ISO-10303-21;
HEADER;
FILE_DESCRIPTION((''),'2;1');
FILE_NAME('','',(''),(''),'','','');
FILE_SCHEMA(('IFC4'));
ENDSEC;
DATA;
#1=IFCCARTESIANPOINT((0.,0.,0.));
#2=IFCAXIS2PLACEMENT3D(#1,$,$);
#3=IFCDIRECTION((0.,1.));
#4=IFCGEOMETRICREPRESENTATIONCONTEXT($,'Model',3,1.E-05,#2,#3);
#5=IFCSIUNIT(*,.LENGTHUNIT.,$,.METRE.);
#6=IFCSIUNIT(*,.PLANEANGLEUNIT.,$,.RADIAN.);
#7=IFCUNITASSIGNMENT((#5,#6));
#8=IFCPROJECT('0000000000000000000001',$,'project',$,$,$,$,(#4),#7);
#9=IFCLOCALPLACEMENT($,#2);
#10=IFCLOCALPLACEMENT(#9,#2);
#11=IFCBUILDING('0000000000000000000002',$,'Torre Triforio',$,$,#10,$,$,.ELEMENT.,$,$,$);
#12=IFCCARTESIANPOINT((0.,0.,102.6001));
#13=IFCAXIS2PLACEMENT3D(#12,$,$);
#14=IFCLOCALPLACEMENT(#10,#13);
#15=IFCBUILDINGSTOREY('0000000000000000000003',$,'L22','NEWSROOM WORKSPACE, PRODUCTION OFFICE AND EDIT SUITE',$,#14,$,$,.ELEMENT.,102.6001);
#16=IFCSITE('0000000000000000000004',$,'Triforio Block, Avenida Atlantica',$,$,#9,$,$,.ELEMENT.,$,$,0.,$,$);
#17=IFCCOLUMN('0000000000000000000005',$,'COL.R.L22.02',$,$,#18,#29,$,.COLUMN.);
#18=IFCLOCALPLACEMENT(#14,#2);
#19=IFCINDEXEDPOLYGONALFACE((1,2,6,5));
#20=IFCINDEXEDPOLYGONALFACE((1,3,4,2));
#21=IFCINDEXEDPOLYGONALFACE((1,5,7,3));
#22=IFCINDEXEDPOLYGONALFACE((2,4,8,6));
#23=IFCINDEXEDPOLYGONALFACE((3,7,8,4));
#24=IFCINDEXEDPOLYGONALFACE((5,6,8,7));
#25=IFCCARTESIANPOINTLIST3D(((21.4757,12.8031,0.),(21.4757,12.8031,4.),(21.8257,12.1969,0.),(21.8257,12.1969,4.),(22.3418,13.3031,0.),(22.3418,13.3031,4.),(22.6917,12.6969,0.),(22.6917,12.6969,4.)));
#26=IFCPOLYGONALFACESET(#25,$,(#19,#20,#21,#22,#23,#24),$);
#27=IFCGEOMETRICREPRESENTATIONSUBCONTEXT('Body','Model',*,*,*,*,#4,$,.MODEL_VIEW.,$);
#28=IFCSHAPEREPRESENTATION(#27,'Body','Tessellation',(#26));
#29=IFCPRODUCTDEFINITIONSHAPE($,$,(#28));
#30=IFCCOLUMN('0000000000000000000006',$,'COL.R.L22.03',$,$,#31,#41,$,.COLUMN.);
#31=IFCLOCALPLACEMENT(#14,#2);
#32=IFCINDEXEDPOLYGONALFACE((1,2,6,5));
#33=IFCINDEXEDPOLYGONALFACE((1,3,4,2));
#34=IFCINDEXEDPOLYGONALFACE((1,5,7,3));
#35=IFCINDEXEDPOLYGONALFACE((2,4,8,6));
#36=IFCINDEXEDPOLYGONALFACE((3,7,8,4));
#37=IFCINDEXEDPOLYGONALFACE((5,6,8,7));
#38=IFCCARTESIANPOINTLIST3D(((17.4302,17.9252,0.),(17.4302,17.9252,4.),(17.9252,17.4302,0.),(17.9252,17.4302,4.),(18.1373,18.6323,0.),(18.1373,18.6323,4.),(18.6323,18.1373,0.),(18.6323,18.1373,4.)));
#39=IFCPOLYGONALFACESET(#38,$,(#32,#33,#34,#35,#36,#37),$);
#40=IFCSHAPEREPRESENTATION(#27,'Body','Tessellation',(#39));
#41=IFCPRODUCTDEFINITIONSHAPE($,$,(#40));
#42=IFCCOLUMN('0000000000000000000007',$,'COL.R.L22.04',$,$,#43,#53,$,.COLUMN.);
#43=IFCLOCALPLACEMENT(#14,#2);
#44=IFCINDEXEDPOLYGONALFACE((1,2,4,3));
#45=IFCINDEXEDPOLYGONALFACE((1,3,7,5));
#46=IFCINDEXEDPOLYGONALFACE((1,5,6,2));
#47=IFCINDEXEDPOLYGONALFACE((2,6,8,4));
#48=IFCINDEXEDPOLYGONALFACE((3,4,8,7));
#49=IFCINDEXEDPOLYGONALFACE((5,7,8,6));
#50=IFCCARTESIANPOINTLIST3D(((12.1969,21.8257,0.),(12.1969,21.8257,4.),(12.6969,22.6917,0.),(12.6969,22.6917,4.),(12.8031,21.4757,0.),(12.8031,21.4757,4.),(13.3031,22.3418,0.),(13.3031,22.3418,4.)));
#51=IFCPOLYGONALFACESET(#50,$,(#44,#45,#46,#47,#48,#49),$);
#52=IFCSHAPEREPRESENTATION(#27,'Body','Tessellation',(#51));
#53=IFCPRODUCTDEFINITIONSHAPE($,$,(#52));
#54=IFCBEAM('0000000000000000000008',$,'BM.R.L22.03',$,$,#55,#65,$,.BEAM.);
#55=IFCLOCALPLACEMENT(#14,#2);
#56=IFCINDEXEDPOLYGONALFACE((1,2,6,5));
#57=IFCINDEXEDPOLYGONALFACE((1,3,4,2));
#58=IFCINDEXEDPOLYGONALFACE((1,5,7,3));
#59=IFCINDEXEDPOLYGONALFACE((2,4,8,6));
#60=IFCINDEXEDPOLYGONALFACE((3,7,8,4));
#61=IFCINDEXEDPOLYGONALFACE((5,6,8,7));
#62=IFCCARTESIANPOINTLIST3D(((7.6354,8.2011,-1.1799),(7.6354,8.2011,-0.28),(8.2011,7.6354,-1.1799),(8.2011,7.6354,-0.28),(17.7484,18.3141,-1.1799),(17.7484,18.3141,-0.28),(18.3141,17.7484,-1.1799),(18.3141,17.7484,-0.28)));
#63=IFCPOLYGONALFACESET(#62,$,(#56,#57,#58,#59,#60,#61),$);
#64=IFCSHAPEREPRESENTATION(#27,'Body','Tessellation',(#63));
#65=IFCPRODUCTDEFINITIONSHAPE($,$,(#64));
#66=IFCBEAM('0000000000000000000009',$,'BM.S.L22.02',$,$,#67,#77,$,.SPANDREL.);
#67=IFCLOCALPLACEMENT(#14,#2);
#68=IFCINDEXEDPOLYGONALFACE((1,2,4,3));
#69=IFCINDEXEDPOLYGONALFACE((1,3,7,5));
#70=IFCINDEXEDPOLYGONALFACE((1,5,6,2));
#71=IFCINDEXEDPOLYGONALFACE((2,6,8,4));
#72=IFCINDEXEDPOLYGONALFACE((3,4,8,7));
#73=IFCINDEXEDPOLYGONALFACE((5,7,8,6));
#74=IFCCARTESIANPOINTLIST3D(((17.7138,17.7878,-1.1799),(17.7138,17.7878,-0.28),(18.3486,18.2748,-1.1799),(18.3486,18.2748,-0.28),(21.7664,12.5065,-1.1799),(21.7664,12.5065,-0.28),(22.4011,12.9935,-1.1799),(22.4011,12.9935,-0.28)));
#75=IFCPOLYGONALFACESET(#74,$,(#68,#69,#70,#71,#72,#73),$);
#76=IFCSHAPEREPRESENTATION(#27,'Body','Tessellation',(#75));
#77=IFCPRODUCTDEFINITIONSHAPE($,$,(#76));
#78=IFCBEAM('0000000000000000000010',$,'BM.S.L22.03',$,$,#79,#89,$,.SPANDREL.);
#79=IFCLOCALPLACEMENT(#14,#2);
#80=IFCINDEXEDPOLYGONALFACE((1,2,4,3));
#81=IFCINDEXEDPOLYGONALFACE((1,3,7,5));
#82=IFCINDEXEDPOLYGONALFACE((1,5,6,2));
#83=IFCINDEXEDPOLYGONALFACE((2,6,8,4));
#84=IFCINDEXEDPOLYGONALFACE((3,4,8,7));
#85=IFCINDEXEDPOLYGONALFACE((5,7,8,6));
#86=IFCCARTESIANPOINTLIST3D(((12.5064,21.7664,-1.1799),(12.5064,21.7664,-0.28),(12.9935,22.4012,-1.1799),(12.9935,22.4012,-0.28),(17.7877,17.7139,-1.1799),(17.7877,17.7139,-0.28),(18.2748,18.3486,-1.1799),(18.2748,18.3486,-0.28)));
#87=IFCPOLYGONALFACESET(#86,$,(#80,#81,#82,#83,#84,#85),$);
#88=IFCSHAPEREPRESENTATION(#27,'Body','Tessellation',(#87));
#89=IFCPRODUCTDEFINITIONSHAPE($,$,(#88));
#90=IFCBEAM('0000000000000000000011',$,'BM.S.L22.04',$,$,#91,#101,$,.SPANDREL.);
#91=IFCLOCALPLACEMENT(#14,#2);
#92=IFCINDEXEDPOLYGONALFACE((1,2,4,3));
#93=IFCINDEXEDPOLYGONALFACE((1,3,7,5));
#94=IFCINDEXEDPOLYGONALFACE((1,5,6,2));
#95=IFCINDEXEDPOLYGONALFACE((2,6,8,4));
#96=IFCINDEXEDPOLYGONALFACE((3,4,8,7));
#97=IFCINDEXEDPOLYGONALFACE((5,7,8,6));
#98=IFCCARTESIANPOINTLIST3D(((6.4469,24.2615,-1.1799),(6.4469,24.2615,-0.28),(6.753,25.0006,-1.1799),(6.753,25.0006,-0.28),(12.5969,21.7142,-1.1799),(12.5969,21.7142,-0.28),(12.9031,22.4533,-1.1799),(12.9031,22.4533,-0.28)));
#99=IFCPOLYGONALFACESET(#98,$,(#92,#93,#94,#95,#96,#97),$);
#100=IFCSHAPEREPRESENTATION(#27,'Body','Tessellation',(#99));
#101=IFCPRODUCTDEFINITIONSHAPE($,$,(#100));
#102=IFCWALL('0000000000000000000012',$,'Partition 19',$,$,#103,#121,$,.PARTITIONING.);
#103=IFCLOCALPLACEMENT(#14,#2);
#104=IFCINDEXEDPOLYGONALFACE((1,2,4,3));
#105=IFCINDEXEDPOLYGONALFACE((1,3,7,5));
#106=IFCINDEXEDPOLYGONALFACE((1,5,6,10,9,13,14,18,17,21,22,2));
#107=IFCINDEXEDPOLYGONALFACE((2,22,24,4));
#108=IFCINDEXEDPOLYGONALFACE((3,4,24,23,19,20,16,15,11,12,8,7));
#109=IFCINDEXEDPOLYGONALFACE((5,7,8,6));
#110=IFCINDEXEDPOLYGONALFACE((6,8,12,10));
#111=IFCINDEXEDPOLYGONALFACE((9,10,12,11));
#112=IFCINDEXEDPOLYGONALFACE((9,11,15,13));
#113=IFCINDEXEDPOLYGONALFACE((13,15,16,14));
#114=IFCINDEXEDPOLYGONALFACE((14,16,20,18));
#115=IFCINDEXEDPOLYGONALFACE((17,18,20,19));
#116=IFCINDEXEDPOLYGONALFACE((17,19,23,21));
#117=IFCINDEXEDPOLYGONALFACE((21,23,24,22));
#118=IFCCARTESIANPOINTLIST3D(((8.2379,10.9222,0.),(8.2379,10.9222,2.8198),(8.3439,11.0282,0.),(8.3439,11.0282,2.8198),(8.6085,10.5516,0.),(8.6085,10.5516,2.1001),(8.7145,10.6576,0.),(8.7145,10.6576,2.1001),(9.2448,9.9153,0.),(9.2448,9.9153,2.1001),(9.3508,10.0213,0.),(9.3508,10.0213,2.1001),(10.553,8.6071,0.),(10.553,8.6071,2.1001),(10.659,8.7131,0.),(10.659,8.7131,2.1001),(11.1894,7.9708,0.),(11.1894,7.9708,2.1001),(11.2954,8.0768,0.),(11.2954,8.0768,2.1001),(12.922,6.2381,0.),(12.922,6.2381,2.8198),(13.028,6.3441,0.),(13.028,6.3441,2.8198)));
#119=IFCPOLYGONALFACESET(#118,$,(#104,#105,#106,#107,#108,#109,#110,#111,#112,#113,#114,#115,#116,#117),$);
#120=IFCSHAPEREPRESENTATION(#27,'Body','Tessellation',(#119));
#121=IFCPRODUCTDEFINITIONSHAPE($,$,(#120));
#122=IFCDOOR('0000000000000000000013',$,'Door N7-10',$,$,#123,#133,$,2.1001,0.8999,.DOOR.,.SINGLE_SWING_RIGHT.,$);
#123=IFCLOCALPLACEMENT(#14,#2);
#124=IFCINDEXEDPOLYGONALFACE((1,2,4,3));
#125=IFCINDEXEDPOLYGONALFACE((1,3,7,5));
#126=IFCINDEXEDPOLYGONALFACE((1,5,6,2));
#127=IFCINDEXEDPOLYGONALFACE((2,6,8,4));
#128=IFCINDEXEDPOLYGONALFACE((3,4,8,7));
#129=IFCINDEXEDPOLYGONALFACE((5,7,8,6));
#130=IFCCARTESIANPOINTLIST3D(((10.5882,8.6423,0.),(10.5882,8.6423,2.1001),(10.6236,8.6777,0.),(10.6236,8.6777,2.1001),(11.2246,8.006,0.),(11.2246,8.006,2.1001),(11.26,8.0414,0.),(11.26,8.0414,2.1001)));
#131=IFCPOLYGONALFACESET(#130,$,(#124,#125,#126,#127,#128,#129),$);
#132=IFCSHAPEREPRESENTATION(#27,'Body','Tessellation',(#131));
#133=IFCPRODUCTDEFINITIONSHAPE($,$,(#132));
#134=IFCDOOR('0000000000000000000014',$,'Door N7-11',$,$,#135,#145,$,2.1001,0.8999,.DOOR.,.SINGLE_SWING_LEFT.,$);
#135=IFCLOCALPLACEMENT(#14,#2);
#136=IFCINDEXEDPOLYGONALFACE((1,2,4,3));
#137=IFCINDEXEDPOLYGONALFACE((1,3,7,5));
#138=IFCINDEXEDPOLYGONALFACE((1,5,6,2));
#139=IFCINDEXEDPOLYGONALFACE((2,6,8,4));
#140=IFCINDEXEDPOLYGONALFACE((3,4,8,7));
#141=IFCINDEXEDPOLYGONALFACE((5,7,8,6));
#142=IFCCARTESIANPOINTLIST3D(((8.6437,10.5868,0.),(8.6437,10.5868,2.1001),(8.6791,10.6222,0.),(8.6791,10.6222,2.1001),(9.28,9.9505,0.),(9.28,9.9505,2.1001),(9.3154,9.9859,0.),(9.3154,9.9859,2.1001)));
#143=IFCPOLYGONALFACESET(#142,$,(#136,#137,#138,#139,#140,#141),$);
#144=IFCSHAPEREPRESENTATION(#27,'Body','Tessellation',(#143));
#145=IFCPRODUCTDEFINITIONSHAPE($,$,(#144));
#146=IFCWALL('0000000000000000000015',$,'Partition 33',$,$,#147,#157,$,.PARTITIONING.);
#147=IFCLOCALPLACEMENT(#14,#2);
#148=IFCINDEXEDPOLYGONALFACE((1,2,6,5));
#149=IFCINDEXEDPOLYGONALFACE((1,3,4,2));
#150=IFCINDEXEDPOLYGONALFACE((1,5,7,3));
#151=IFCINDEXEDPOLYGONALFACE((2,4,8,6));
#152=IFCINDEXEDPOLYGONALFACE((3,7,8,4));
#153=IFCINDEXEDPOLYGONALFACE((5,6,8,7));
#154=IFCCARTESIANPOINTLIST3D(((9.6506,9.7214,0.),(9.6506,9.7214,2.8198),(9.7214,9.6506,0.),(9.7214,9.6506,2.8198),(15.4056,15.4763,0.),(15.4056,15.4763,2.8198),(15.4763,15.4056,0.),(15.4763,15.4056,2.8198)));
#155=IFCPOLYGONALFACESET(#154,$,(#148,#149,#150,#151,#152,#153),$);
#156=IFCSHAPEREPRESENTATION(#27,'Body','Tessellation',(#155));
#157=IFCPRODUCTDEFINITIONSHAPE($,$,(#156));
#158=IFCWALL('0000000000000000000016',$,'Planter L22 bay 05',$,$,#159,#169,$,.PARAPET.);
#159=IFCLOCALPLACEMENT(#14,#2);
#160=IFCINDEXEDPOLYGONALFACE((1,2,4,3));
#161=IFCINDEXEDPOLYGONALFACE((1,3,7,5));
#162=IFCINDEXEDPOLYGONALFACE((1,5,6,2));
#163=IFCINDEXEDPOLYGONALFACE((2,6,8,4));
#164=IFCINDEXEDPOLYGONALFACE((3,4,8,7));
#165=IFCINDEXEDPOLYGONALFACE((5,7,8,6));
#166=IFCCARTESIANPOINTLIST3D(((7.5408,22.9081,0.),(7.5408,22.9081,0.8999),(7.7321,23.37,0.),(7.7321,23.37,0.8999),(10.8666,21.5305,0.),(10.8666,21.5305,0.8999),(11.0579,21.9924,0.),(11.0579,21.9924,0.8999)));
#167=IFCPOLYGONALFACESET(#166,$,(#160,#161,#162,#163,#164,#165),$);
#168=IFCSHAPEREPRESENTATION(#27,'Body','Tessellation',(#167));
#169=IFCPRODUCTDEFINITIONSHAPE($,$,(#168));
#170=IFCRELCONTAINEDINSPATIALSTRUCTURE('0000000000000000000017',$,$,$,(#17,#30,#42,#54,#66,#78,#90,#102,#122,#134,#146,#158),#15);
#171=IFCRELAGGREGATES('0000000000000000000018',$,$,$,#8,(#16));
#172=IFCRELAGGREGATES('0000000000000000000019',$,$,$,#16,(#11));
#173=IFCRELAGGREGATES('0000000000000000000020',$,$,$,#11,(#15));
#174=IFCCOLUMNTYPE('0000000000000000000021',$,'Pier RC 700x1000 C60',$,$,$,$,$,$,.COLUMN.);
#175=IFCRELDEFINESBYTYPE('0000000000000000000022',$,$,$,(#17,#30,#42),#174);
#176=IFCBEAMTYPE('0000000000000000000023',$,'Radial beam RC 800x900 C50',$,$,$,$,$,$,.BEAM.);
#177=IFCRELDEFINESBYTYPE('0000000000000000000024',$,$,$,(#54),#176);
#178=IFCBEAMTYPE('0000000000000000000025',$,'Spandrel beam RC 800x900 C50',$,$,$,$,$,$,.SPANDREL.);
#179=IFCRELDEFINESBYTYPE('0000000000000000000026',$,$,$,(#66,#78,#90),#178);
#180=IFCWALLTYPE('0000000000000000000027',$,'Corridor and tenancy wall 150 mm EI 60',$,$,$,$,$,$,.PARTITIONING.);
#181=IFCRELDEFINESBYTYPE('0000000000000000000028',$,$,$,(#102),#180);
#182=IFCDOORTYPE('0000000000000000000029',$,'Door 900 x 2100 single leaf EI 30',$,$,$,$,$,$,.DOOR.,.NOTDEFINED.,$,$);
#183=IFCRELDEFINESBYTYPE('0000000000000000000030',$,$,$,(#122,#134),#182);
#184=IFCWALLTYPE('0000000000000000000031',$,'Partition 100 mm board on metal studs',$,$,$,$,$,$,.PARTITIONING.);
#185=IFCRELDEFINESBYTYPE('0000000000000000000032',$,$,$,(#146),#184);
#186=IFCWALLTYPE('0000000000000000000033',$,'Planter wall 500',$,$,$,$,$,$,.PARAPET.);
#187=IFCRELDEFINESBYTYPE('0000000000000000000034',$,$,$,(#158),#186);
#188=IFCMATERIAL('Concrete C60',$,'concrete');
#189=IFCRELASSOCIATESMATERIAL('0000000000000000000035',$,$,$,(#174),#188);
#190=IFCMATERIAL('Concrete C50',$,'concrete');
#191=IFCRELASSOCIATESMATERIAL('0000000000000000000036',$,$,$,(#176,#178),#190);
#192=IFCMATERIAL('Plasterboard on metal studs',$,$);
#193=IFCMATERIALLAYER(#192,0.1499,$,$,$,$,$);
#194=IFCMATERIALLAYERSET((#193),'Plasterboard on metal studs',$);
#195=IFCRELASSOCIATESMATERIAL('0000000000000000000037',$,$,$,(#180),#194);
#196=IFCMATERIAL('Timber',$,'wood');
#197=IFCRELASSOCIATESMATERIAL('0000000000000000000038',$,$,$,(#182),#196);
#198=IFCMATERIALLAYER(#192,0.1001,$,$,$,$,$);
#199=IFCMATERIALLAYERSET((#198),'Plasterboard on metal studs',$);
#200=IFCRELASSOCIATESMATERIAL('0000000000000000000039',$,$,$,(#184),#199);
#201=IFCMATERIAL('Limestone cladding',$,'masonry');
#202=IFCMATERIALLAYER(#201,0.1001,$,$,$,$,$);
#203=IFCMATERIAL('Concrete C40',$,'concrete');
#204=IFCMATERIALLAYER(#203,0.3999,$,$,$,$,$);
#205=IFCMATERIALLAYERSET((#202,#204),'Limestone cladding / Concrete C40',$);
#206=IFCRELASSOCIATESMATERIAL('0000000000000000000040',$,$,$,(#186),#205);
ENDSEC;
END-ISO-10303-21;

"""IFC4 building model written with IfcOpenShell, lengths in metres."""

from ifc_helpers import new_model, si_unit, direction, frame, frame_2d, origin, origin_2d, place, context, subcontext, project, spatial, rectangle, extrude, material, layer, layer_set, material_profile, profile_set, type_object, element, fill, save


model = new_model("IFC4")

# Units and contexts
model_context = context("Model", 3, precision=1e-05, world=origin(), true_north=direction((0.0, 1.0)))
body_context = subcontext(model_context, "Body", "Model", "MODEL_VIEW")
ifc_project = project(units=[si_unit("LENGTHUNIT", "METRE"), si_unit("PLANEANGLEUNIT", "RADIAN")], contexts=[model_context])

# Site, building, storey
site_placement = place(None, origin())
site = spatial("IfcSite", under=ifc_project, at=site_placement, Name="Triforio Block, Avenida Atlantica", CompositionType="ELEMENT", RefElevation=0.0)
building_placement = place(site_placement, origin())
building = spatial("IfcBuilding", under=site, at=building_placement, Name="Torre Triforio", CompositionType="ELEMENT")
storey_placement = place(building_placement, frame((0.0, 0.0, 102.6001)))
storey = spatial("IfcBuildingStorey", under=building, at=storey_placement, Name="L22", Description="NEWSROOM WORKSPACE, PRODUCTION OFFICE AND EDIT SUITE", CompositionType="ELEMENT", Elevation=102.6001)

# Columns
ifc_material_1 = material(Name="Concrete C60", Category="concrete")
ifc_material_profile_1 = material_profile(ifc_material_1, rectangle(XDim=0.7, YDim=1.0, at=origin_2d()), Name="RC 700x1000")
ifc_profile_set_1 = profile_set([ifc_material_profile_1], Name="Concrete C60")
column_type = type_object("IfcColumnType", Name="Pier RC 700x1000 C60", PredefinedType="COLUMN", material=ifc_profile_set_1)
for number, where, z_axis, x_axis, name in (
    (1, (22.0837, 12.75, 0.0), (0.0, 0.0, 1.0), (-0.5, 0.866025, 0.0), "COL.R.L22.02"),
    (2, (18.0312, 18.0312, 0.0), (0.0, 0.0, 1.0), (-0.707107, 0.707107, 0.0), "COL.R.L22.03"),
    (3, (12.75, 22.0837, 0.0), (0.0, 0.0, 1.0), (-0.866025, 0.5, 0.0), "COL.R.L22.04"),
):
    element("IfcColumn", number, at=place(storey_placement, frame(where, z_axis=z_axis, x_axis=x_axis)), inside=storey, type_object=column_type, Name=name, PredefinedType="COLUMN", context=body_context, shape_type="SweptSolid", body=[
        extrude(rectangle(XDim=0.7, YDim=1.0, at=origin_2d()), origin(), (0.0, 0.0, 1.0), 4.0),
    ])

# Beams
ifc_material_2 = material(Name="Concrete C50", Category="concrete")
ifc_material_profile_2 = material_profile(ifc_material_2, rectangle(XDim=0.8, YDim=0.8999, at=origin_2d()), Name="RC 800x900")
ifc_profile_set_2 = profile_set([ifc_material_profile_2], Name="Concrete C50")
beam_type_1 = type_object("IfcBeamType", Name="Radial beam RC 800x900 C50", PredefinedType="BEAM", material=ifc_profile_set_2)
beam_1_placement = place(storey_placement, frame((7.9182, 7.9182, -0.73), z_axis=(0.707107, 0.707107, 0.0), x_axis=(-0.707107, 0.707107, 0.0)))
element("IfcBeam", 4, at=beam_1_placement, inside=storey, type_object=beam_type_1, Name="BM.R.L22.03", PredefinedType="BEAM", context=body_context, shape_type="SweptSolid", body=[
    extrude(rectangle(XDim=0.8, YDim=0.8999, at=origin_2d()), origin(), (0.0, 0.0, 1.0), 14.302),
])
ifc_material_profile_3 = material_profile(ifc_material_2, rectangle(XDim=0.8, YDim=0.8999, at=origin_2d()), Name="RC 800x900")
ifc_profile_set_3 = profile_set([ifc_material_profile_3], Name="Concrete C50")
beam_type_2 = type_object("IfcBeamType", Name="Spandrel beam RC 800x900 C50", PredefinedType="SPANDREL", material=ifc_profile_set_3)
for number, where, z_axis, x_axis, name in (
    (5, (22.0837, 12.75, -0.73), (-0.608766, 0.79335, 0.0), (-0.79335, -0.608766, 0.0), "BM.S.L22.02"),
    (6, (18.0312, 18.0312, -0.73), (-0.79335, 0.608766, 0.0), (-0.608766, -0.79335, 0.0), "BM.S.L22.03"),
):
    element("IfcBeam", number, at=place(storey_placement, frame(where, z_axis=z_axis, x_axis=x_axis)), inside=storey, type_object=beam_type_2, Name=name, PredefinedType="SPANDREL", context=body_context, shape_type="SweptSolid", body=[
        extrude(rectangle(XDim=0.8, YDim=0.8999, at=origin_2d()), origin(), (0.0, 0.0, 1.0), 6.657),
    ])
beam_2_placement = place(storey_placement, frame((12.75, 22.0837, -0.73), z_axis=(-0.923885, 0.382669, 0.0), x_axis=(-0.382669, -0.923885, 0.0)))
element("IfcBeam", 7, at=beam_2_placement, inside=storey, type_object=beam_type_2, Name="BM.S.L22.04", PredefinedType="SPANDREL", context=body_context, shape_type="SweptSolid", body=[
    extrude(rectangle(XDim=0.8, YDim=0.8999, at=origin_2d()), origin(), (0.0, 0.0, 1.0), 6.6567),
])

# Wall, openings, doors
ifc_material_3 = material(Name="Plasterboard on metal studs")
ifc_layer_1 = layer(ifc_material_3, 0.1499)
ifc_layer_set_1 = layer_set([ifc_layer_1], Name="Plasterboard on metal studs")
wall_type_1 = type_object("IfcWallType", Name="Corridor and tenancy wall 150 mm EI 60", PredefinedType="PARTITIONING", material=ifc_layer_set_1)
wall_1_placement = place(storey_placement, frame((8.291, 10.9751, 0.0), z_axis=(0.0, 0.0, 1.0), x_axis=(0.707107, -0.707107, 0.0)))
wall_1 = element("IfcWall", 8, at=wall_1_placement, inside=storey, type_object=wall_type_1, Name="Partition 19", PredefinedType="PARTITIONING", context=body_context, shape_type="SweptSolid", body=[
    extrude(rectangle(XDim=6.6243, YDim=0.1499, at=frame_2d((3.312, 0.0))), origin(), (0.0, 0.0, 1.0), 2.8198),
])
opening_1_placement = place(wall_1_placement, frame((3.2739, 0.0, 0.0)))
opening_1 = element("IfcOpeningElement", 9, at=opening_1_placement, cuts=wall_1, PredefinedType="OPENING", context=body_context, shape_type="SweptSolid", body=[
    extrude(rectangle(XDim=0.8999, YDim=2.1001, at=frame_2d((0.45, 1.05))), frame((0.0, 0.085, 0.0), z_axis=(0.0, -1.0, 0.0), x_axis=(1.0, 0.0, 0.0)), (0.0, 0.0, 1.0), 0.1699),
])
opening_2_placement = place(wall_1_placement, frame((0.5239, 0.0, 0.0)))
opening_2 = element("IfcOpeningElement", 10, at=opening_2_placement, cuts=wall_1, PredefinedType="OPENING", context=body_context, shape_type="SweptSolid", body=[
    extrude(rectangle(XDim=0.8999, YDim=2.1001, at=frame_2d((0.45, 1.05))), frame((0.0, 0.085, 0.0), z_axis=(0.0, -1.0, 0.0), x_axis=(1.0, 0.0, 0.0)), (0.0, 0.0, 1.0), 0.1699),
])
ifc_material_4 = material(Name="Timber", Category="wood")
door_type_1 = type_object("IfcDoorType", Name="Door 900 x 2100 single leaf EI 30", OperationType="NOTDEFINED", PredefinedType="DOOR", material=ifc_material_4)
door_1_placement = place(opening_1_placement, origin())
door_1 = element("IfcDoor", 11, at=door_1_placement, inside=storey, type_object=door_type_1, Name="Door N7-10", OperationType="SINGLE_SWING_RIGHT", OverallHeight=2.1001, OverallWidth=0.8999, PredefinedType="DOOR", context=body_context, shape_type="SweptSolid", body=[
    extrude(rectangle(XDim=0.8999, YDim=2.1001, at=frame_2d((0.45, 1.05))), frame((0.0, 0.0249, 0.0), z_axis=(0.0, -1.0, 0.0), x_axis=(1.0, 0.0, 0.0)), (0.0, 0.0, 1.0), 0.05),
])
fill(opening_1, door_1)
door_2_placement = place(opening_2_placement, origin())
door_2 = element("IfcDoor", 12, at=door_2_placement, inside=storey, type_object=door_type_1, Name="Door N7-11", OperationType="SINGLE_SWING_LEFT", OverallHeight=2.1001, OverallWidth=0.8999, PredefinedType="DOOR", context=body_context, shape_type="SweptSolid", body=[
    extrude(rectangle(XDim=0.8999, YDim=2.1001, at=frame_2d((0.45, 1.05))), frame((0.0, 0.0249, 0.0), z_axis=(0.0, -1.0, 0.0), x_axis=(1.0, 0.0, 0.0)), (0.0, 0.0, 1.0), 0.05),
])
fill(opening_2, door_2)

# Walls
ifc_layer_2 = layer(ifc_material_3, 0.1001)
ifc_layer_set_2 = layer_set([ifc_layer_2], Name="Plasterboard on metal studs")
wall_type_2 = type_object("IfcWallType", Name="Partition 100 mm board on metal studs", PredefinedType="PARTITIONING", material=ifc_layer_set_2)
wall_2_placement = place(storey_placement, frame((9.686, 9.686, 0.0), z_axis=(0.0, 0.0, 1.0), x_axis=(0.707107, 0.707107, 0.0)))
element("IfcWall", 13, at=wall_2_placement, inside=storey, type_object=wall_type_2, Name="Partition 33", PredefinedType="PARTITIONING", context=body_context, shape_type="SweptSolid", body=[
    extrude(rectangle(XDim=8.1387, YDim=0.1001, at=frame_2d((4.0693, 0.0))), origin(), (0.0, 0.0, 1.0), 2.8198),
])
ifc_material_5 = material(Name="Limestone cladding", Category="masonry")
ifc_layer_3 = layer(ifc_material_5, 0.1001)
ifc_material_6 = material(Name="Concrete C40", Category="concrete")
ifc_layer_4 = layer(ifc_material_6, 0.3999)
ifc_layer_set_3 = layer_set([ifc_layer_3, ifc_layer_4], Name="Limestone cladding / Concrete C40")
wall_type_3 = type_object("IfcWallType", Name="Planter wall 500", PredefinedType="PARAPET", material=ifc_layer_set_3)
wall_3_placement = place(storey_placement, frame((10.9622, 21.7615, 0.0), z_axis=(0.0, 0.0, 1.0), x_axis=(-0.923875, 0.382693, 0.0)))
element("IfcWall", 14, at=wall_3_placement, inside=storey, type_object=wall_type_3, Name="Planter L22 bay 05", PredefinedType="PARAPET", context=body_context, shape_type="SweptSolid", body=[
    extrude(rectangle(XDim=3.5999, YDim=0.5, at=frame_2d((1.7998, 0.0))), origin(), (0.0, 0.0, 1.0), 0.8999),
])

save(model, "model.ifc")
